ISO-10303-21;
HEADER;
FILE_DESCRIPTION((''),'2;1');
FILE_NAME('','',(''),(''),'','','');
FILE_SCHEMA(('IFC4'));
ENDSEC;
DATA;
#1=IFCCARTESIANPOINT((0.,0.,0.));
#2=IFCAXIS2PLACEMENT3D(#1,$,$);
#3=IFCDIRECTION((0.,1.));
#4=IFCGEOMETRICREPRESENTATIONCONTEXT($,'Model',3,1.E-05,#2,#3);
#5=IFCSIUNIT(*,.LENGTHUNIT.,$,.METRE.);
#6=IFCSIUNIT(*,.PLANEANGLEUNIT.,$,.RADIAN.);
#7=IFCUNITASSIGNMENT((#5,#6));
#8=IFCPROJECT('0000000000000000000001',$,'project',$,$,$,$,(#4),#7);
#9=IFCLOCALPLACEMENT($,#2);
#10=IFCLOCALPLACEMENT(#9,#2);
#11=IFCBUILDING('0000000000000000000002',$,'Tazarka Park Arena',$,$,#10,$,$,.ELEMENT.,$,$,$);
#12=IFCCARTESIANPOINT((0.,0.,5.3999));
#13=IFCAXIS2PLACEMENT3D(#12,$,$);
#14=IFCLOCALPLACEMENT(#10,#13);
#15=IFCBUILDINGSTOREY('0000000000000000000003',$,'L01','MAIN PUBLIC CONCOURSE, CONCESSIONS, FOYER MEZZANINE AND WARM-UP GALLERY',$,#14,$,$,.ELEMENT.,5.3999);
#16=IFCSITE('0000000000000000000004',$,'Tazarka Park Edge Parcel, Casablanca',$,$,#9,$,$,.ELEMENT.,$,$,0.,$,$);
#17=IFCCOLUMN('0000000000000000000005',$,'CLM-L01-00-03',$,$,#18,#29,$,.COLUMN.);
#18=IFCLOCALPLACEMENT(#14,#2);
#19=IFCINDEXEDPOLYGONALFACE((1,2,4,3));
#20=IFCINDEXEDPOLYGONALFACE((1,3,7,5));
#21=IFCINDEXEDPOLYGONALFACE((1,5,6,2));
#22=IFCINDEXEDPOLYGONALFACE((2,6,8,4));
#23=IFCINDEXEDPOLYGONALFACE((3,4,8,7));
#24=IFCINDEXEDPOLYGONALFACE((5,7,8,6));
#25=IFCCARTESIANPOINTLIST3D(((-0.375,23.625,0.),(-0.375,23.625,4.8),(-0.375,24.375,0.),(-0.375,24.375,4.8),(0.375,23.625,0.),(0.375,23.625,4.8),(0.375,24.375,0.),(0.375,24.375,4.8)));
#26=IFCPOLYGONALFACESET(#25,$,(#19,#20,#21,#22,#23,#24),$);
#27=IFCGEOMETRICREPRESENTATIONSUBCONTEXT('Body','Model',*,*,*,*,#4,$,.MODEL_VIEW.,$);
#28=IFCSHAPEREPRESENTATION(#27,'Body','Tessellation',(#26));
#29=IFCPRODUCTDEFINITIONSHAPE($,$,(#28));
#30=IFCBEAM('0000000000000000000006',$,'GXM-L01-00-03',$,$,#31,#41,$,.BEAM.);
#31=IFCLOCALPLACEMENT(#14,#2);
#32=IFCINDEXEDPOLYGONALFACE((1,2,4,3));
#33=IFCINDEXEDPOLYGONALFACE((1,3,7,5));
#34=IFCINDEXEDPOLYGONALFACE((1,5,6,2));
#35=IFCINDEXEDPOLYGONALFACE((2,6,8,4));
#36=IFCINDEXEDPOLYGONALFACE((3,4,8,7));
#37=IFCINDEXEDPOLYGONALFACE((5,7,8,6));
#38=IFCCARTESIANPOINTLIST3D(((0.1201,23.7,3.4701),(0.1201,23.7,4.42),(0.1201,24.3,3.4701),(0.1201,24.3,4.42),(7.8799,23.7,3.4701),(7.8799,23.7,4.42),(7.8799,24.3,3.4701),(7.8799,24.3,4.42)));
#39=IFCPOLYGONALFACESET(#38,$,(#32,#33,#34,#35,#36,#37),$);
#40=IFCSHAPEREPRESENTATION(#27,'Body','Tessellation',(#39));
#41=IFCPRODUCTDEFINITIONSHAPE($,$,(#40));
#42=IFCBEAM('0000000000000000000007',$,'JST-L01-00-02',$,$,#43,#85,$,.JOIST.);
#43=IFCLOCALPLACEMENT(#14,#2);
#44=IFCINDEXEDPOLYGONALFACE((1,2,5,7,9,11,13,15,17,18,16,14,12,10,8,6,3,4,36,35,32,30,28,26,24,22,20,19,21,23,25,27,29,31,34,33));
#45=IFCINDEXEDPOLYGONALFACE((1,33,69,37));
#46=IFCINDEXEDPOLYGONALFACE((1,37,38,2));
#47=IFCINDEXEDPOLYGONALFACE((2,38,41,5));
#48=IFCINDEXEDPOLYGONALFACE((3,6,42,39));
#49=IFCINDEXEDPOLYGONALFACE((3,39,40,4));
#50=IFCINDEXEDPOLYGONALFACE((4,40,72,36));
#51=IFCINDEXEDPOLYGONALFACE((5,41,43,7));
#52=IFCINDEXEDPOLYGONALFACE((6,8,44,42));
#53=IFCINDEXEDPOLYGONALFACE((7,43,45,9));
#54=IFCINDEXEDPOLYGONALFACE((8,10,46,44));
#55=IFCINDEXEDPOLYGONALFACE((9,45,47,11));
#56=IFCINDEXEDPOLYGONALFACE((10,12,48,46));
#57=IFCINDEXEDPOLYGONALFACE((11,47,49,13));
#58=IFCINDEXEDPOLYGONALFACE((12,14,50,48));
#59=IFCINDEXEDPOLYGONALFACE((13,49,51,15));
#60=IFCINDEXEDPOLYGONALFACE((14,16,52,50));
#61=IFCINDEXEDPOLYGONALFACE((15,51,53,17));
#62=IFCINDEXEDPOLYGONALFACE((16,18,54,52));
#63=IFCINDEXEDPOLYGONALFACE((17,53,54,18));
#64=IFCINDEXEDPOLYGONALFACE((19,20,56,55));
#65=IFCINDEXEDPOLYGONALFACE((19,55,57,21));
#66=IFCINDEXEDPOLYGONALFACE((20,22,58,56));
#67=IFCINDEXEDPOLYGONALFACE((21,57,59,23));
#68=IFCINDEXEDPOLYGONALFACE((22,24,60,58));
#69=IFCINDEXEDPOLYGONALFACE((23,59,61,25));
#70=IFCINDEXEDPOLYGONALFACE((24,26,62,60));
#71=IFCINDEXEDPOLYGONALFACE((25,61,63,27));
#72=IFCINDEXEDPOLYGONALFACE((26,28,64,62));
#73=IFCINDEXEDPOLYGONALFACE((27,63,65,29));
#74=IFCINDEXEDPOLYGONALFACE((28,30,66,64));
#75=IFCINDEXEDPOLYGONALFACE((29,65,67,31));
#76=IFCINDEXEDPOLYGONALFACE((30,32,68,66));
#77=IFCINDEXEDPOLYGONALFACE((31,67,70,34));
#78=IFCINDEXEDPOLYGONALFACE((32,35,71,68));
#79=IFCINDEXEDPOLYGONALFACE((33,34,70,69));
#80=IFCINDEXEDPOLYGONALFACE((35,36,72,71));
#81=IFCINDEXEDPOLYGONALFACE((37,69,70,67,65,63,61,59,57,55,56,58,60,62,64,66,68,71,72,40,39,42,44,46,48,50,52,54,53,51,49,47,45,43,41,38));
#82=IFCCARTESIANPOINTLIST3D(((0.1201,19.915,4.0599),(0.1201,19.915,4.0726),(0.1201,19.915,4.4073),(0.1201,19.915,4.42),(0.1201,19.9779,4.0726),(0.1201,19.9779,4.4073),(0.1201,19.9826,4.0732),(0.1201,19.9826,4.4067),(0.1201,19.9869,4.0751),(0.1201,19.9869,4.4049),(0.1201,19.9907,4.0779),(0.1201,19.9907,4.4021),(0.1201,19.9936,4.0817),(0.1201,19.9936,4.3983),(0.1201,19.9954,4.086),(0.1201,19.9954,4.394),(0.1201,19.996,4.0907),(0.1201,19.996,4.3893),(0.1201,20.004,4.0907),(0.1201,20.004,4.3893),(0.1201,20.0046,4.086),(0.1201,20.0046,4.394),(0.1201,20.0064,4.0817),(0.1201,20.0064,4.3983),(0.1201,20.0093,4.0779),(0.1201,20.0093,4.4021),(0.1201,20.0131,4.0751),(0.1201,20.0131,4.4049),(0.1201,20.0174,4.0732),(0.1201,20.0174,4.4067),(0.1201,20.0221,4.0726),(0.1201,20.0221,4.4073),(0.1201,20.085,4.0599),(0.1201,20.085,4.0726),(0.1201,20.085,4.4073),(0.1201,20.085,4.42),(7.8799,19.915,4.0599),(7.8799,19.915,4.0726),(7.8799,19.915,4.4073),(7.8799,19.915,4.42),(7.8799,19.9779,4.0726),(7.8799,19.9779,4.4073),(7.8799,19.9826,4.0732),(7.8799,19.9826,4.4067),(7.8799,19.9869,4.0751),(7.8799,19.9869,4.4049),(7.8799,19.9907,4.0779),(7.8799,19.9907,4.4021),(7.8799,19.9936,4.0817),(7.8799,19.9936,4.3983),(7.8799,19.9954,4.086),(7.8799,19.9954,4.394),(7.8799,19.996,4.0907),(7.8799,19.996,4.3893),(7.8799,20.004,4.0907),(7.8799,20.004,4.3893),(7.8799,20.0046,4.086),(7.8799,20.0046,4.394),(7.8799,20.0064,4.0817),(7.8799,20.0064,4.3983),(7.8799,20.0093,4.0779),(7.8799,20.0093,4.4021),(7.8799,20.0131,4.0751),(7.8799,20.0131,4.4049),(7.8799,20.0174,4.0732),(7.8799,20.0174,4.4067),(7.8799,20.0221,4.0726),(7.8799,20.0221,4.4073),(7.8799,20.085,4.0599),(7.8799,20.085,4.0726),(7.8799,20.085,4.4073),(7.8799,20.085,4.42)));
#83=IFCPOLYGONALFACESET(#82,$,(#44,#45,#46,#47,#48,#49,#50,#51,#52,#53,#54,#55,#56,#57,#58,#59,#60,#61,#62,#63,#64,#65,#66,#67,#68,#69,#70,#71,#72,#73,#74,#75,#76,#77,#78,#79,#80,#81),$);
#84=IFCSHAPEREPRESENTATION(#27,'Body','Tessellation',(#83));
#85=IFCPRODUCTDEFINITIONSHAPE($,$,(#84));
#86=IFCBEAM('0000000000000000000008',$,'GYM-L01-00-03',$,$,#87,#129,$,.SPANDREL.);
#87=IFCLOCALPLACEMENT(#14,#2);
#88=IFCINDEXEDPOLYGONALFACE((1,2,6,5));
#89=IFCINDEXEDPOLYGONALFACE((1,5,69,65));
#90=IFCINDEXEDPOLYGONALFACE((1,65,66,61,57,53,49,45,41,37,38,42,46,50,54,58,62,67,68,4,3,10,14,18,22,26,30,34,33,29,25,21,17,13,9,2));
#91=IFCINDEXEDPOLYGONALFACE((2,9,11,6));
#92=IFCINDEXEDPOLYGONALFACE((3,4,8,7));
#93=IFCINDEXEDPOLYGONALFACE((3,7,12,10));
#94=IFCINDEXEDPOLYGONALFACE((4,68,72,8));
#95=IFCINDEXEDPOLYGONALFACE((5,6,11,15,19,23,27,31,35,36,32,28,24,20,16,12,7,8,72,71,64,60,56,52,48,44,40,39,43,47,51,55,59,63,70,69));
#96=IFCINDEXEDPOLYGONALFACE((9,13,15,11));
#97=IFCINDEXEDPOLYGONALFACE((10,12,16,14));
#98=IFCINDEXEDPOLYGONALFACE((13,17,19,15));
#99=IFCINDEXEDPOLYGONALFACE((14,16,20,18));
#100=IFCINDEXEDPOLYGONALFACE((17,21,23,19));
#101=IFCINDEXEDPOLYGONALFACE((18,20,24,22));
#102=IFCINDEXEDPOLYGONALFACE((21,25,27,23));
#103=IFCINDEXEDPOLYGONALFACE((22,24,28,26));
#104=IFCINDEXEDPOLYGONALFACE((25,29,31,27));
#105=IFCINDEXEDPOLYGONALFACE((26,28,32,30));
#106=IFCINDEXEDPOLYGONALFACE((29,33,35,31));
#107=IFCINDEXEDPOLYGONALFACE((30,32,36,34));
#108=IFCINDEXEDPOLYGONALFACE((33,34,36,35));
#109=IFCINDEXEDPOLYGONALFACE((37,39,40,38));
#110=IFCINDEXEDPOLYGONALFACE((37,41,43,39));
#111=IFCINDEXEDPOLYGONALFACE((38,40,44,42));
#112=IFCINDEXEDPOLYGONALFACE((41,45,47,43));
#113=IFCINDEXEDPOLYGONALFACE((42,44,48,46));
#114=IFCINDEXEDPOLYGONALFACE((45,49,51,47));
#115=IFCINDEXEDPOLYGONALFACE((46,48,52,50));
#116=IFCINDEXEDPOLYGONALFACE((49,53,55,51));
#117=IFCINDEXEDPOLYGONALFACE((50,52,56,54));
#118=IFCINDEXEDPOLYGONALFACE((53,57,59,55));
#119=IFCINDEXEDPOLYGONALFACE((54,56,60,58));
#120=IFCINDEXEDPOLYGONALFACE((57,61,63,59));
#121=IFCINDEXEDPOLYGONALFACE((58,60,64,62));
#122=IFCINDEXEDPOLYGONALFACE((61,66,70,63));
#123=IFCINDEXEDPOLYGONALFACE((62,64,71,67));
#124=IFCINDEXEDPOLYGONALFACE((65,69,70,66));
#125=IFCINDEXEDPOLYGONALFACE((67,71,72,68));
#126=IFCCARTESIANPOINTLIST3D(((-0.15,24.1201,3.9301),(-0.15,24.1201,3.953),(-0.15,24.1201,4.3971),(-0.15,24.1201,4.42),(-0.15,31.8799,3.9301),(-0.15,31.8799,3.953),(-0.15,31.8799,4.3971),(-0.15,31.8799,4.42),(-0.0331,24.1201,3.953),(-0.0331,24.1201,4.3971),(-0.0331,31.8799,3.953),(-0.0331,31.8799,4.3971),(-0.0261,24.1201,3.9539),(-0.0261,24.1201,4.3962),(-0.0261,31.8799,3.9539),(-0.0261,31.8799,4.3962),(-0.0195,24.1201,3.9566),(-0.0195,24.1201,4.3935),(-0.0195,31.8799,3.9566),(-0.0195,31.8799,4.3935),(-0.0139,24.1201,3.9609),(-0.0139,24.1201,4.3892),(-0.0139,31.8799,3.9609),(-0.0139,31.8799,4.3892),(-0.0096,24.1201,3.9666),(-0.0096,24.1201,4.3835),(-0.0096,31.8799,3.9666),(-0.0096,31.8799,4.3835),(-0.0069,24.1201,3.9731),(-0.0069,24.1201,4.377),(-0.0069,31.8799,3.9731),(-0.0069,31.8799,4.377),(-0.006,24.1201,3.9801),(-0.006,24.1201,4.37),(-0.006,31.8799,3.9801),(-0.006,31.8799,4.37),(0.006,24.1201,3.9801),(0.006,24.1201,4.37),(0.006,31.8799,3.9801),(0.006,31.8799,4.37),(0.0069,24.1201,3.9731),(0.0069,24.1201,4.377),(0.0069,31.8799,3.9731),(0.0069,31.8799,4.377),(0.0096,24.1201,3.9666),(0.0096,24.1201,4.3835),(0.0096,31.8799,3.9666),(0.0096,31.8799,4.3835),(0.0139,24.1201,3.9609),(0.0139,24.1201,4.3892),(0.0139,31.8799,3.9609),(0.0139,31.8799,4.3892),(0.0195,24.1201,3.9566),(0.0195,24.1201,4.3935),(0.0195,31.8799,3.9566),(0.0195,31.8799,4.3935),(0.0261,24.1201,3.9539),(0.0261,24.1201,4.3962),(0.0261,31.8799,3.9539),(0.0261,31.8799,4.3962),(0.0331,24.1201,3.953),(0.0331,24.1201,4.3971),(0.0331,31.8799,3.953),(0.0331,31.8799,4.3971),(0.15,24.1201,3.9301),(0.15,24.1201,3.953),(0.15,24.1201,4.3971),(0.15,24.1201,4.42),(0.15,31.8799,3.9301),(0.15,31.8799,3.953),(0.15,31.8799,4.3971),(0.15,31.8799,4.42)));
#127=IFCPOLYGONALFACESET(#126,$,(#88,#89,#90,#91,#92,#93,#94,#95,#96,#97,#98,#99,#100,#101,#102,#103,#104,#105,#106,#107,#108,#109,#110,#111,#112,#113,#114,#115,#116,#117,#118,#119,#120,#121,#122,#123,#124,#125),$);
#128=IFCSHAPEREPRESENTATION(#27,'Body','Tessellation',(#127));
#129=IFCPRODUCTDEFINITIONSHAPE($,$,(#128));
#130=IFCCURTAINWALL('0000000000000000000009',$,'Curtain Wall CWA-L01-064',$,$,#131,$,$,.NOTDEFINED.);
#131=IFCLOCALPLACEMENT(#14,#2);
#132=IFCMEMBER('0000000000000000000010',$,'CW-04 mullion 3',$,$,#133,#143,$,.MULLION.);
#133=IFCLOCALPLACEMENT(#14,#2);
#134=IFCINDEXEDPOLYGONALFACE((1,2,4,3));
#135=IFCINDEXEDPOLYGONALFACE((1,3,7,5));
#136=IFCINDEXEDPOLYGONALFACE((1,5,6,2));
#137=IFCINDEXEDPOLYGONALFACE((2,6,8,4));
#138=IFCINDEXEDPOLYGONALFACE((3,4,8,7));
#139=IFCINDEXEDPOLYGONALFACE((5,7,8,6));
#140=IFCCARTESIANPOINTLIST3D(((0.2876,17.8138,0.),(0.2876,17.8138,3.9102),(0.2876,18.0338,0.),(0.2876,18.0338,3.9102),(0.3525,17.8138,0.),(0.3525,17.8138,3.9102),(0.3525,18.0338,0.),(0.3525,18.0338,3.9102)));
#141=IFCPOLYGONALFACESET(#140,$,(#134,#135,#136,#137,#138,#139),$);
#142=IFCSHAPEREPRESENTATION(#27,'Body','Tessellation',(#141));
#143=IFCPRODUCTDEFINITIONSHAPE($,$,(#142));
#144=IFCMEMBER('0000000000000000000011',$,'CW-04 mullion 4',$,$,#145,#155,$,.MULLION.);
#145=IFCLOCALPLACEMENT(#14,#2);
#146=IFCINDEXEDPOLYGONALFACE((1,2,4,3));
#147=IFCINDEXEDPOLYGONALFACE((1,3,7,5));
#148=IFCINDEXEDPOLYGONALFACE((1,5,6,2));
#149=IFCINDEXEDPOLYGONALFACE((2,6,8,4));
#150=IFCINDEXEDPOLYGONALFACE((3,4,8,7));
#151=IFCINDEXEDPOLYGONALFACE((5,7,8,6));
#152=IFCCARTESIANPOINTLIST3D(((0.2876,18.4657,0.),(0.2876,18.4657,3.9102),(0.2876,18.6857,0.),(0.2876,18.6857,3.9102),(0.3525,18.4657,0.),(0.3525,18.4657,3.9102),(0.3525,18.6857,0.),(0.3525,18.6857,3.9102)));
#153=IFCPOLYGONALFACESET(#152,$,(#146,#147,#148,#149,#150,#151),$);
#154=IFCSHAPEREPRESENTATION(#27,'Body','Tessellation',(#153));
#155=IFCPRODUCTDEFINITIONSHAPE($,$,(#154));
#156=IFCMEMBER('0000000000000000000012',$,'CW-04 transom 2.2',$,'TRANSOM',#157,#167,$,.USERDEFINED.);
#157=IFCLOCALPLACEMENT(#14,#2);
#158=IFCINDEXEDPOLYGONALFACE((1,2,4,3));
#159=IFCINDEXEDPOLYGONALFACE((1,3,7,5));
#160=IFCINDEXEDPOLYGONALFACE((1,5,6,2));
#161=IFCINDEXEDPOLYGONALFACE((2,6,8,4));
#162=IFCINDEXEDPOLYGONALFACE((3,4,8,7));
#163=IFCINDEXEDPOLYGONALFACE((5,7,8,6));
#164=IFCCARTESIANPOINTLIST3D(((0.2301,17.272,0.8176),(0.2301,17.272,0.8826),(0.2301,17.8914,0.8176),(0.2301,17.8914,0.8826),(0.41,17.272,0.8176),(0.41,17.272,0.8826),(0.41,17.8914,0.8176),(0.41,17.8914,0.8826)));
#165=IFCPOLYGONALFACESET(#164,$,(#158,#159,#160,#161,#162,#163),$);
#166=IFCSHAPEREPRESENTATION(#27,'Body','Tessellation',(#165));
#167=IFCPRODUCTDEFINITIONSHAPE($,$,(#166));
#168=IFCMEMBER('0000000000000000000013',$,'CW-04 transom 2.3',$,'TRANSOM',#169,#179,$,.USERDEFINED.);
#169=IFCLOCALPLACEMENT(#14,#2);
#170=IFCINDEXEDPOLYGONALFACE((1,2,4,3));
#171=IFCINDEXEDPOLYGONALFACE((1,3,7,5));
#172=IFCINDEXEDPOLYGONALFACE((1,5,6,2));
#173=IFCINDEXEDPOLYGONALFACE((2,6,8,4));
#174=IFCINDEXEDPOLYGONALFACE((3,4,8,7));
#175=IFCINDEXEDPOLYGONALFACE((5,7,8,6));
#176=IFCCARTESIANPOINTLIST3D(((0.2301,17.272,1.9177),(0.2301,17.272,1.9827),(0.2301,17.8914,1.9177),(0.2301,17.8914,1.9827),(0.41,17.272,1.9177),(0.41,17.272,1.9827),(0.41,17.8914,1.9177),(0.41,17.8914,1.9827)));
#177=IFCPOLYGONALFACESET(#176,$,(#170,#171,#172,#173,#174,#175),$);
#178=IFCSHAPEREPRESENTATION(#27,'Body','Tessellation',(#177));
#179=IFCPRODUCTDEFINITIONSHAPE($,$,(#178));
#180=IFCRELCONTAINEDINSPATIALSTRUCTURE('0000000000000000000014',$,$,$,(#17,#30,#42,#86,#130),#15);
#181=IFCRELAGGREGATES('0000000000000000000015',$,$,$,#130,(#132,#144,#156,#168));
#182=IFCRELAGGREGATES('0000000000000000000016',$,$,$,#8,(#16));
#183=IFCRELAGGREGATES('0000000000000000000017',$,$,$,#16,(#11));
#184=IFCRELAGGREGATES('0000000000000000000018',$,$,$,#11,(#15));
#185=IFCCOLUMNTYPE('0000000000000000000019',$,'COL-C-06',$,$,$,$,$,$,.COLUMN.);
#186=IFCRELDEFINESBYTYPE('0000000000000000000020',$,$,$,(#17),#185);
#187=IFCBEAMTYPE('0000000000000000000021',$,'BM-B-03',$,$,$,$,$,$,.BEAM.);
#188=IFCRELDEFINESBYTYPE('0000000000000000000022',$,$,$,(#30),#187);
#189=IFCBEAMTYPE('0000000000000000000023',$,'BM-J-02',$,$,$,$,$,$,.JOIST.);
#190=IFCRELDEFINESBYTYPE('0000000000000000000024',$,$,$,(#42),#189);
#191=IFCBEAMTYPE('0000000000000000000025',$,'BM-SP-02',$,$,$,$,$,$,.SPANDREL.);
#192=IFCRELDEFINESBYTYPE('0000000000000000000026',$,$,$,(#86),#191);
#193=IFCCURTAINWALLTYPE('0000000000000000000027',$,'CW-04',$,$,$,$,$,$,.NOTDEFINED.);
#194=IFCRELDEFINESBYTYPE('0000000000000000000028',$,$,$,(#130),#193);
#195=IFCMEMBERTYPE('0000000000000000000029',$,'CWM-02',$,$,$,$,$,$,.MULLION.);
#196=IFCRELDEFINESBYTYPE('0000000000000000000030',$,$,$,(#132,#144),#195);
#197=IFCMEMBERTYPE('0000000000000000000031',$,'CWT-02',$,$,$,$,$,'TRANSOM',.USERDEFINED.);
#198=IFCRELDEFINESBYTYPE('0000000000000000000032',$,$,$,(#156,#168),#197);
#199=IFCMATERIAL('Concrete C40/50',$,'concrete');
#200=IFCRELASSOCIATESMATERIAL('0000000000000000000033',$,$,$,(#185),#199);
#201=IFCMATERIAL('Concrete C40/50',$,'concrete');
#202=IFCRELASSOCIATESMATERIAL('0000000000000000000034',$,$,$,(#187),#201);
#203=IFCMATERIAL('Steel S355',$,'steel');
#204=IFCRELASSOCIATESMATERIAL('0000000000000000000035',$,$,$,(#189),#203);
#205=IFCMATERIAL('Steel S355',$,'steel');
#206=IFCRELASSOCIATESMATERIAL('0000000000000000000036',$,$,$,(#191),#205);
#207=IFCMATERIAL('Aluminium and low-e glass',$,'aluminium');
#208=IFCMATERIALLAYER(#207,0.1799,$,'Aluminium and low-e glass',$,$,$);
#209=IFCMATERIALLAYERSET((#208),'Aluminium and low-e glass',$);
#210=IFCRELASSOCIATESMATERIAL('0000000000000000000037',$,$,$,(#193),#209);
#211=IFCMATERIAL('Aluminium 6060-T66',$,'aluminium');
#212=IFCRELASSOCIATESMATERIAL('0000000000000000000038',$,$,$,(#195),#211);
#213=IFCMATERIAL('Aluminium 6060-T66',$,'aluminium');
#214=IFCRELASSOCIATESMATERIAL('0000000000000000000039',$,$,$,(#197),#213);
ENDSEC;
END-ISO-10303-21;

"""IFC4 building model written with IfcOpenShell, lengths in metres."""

from ifc_helpers import new_model, si_unit, direction, frame, origin, origin_2d, place, context, subcontext, project, spatial, rectangle, i_section, extrude, material, layer, layer_set, material_profile, profile_set, type_object, element, aggregate, save


model = new_model("IFC4")

# Units and contexts
model_context = context("Model", 3, precision=1e-05, world=origin(), true_north=direction((0.0, 1.0)))
body_context = subcontext(model_context, "Body", "Model", "MODEL_VIEW")
ifc_project = project(units=[si_unit("LENGTHUNIT", "METRE"), si_unit("PLANEANGLEUNIT", "RADIAN")], contexts=[model_context])

# Site, building, storey
site_placement = place(None, origin())
site = spatial("IfcSite", under=ifc_project, at=site_placement, Name="Tazarka Park Edge Parcel, Casablanca", CompositionType="ELEMENT", RefElevation=0.0)
building_placement = place(site_placement, origin())
building = spatial("IfcBuilding", under=site, at=building_placement, Name="Tazarka Park Arena", CompositionType="ELEMENT")
storey_placement = place(building_placement, frame((0.0, 0.0, 5.3999)))
storey = spatial("IfcBuildingStorey", under=building, at=storey_placement, Name="L01", Description="MAIN PUBLIC CONCOURSE, CONCESSIONS, FOYER MEZZANINE AND WARM-UP GALLERY", CompositionType="ELEMENT", Elevation=5.3999)

# Column
ifc_material_1 = material(Name="Concrete C40/50", Category="concrete")
ifc_material_profile_1 = material_profile(ifc_material_1, rectangle(XDim=0.75, YDim=0.75, at=origin_2d()), Name="Concrete C40/50")
ifc_profile_set_1 = profile_set([ifc_material_profile_1], Name="Concrete C40/50")
column_type = type_object("IfcColumnType", Name="COL-C-06", PredefinedType="COLUMN", material=ifc_profile_set_1)
column_placement = place(storey_placement, frame((0.0, 24.0, 0.0), z_axis=(0.0, 0.0, 1.0), x_axis=(1.0, 0.0, 0.0)))
element("IfcColumn", 1, at=column_placement, inside=storey, type_object=column_type, Name="CLM-L01-00-03", PredefinedType="COLUMN", context=body_context, shape_type="SweptSolid", body=[
    extrude(rectangle(XDim=0.75, YDim=0.75, at=origin_2d()), origin(), (0.0, 0.0, 1.0), 4.8),
])

# Beams
ifc_material_2 = material(Name="Concrete C40/50", Category="concrete")
ifc_material_profile_2 = material_profile(ifc_material_2, rectangle(XDim=0.6001, YDim=0.95, at=origin_2d()), Name="Concrete C40/50")
ifc_profile_set_2 = profile_set([ifc_material_profile_2], Name="Concrete C40/50")
beam_type_1 = type_object("IfcBeamType", Name="BM-B-03", PredefinedType="BEAM", material=ifc_profile_set_2)
beam_1_placement = place(storey_placement, frame((0.1201, 24.0, 3.9451), z_axis=(1.0, 0.0, 0.0), x_axis=(0.0, 1.0, 0.0)))
element("IfcBeam", 2, at=beam_1_placement, inside=storey, type_object=beam_type_1, Name="GXM-L01-00-03", PredefinedType="BEAM", context=body_context, shape_type="SweptSolid", body=[
    extrude(rectangle(XDim=0.6001, YDim=0.95, at=origin_2d()), origin(), (0.0, 0.0, 1.0), 7.7598),
])
ifc_material_3 = material(Name="Steel S355", Category="steel")
ifc_material_profile_3 = material_profile(ifc_material_3, i_section(OverallWidth=0.1699, OverallDepth=0.3601, WebThickness=0.0081, FlangeThickness=0.0127, FilletRadius=0.0181, at=origin_2d()), Name="Steel S355")
ifc_profile_set_3 = profile_set([ifc_material_profile_3], Name="Steel S355")
beam_type_2 = type_object("IfcBeamType", Name="BM-J-02", PredefinedType="JOIST", material=ifc_profile_set_3)
beam_2_placement = place(storey_placement, frame((0.1201, 20.0, 4.24), z_axis=(1.0, 0.0, 0.0), x_axis=(0.0, 1.0, 0.0)))
element("IfcBeam", 3, at=beam_2_placement, inside=storey, type_object=beam_type_2, Name="JST-L01-00-02", PredefinedType="JOIST", context=body_context, shape_type="SweptSolid", body=[
    extrude(i_section(OverallWidth=0.1699, OverallDepth=0.3601, WebThickness=0.0081, FlangeThickness=0.0127, FilletRadius=0.0181, at=origin_2d()), origin(), (0.0, 0.0, 1.0), 7.7598),
])
ifc_material_4 = material(Name="Steel S355", Category="steel")
ifc_material_profile_4 = material_profile(ifc_material_4, i_section(OverallWidth=0.3, OverallDepth=0.49, WebThickness=0.012, FlangeThickness=0.0229, FilletRadius=0.0271, at=origin_2d()), Name="Steel S355")
ifc_profile_set_4 = profile_set([ifc_material_profile_4], Name="Steel S355")
beam_type_3 = type_object("IfcBeamType", Name="BM-SP-02", PredefinedType="SPANDREL", material=ifc_profile_set_4)
beam_3_placement = place(storey_placement, frame((0.0, 24.1201, 4.175), z_axis=(0.0, 1.0, 0.0), x_axis=(-1.0, 0.0, 0.0)))
element("IfcBeam", 4, at=beam_3_placement, inside=storey, type_object=beam_type_3, Name="GYM-L01-00-03", PredefinedType="SPANDREL", context=body_context, shape_type="SweptSolid", body=[
    extrude(i_section(OverallWidth=0.3, OverallDepth=0.49, WebThickness=0.012, FlangeThickness=0.0229, FilletRadius=0.0271, at=origin_2d()), origin(), (0.0, 0.0, 1.0), 7.7598),
])

# Curtain wall, members
ifc_material_5 = material(Name="Aluminium and low-e glass", Category="aluminium")
ifc_layer_1 = layer(ifc_material_5, 0.1799, Name="Aluminium and low-e glass")
ifc_layer_set_1 = layer_set([ifc_layer_1], Name="Aluminium and low-e glass")
curtain_wall_type = type_object("IfcCurtainWallType", Name="CW-04", PredefinedType="NOTDEFINED", material=ifc_layer_set_1)
curtain_wall_placement = place(storey_placement, origin())
curtain_wall = element("IfcCurtainWall", 5, at=curtain_wall_placement, inside=storey, type_object=curtain_wall_type, Name="Curtain Wall CWA-L01-064", PredefinedType="NOTDEFINED")
ifc_material_6 = material(Name="Aluminium 6060-T66", Category="aluminium")
ifc_material_profile_5 = material_profile(ifc_material_6, rectangle(XDim=0.0649, YDim=0.22, at=origin_2d()), Name="Aluminium 6060-T66")
ifc_profile_set_5 = profile_set([ifc_material_profile_5], Name="Aluminium 6060-T66")
member_type_1 = type_object("IfcMemberType", Name="CWM-02", PredefinedType="MULLION", material=ifc_profile_set_5)
member_1_placement = place(storey_placement, frame((0.3201, 17.9238, 0.0), z_axis=(0.0, 0.0, 1.0), x_axis=(-1.0, 0.0, 0.0)))
member_1 = element("IfcMember", 6, at=member_1_placement, type_object=member_type_1, Name="CW-04 mullion 3", PredefinedType="MULLION", context=body_context, shape_type="SweptSolid", body=[
    extrude(rectangle(XDim=0.0649, YDim=0.22, at=origin_2d()), origin(), (0.0, 0.0, 1.0), 3.9102),
])
member_2_placement = place(storey_placement, frame((0.3201, 18.5757, 0.0), z_axis=(0.0, 0.0, 1.0), x_axis=(-1.0, 0.0, 0.0)))
member_2 = element("IfcMember", 7, at=member_2_placement, type_object=member_type_1, Name="CW-04 mullion 4", PredefinedType="MULLION", context=body_context, shape_type="SweptSolid", body=[
    extrude(rectangle(XDim=0.0649, YDim=0.22, at=origin_2d()), origin(), (0.0, 0.0, 1.0), 3.9102),
])
ifc_material_7 = material(Name="Aluminium 6060-T66", Category="aluminium")
ifc_material_profile_6 = material_profile(ifc_material_7, rectangle(XDim=0.1799, YDim=0.0649, at=origin_2d()), Name="Aluminium 6060-T66")
ifc_profile_set_6 = profile_set([ifc_material_profile_6], Name="Aluminium 6060-T66")
member_type_2 = type_object("IfcMemberType", Name="CWT-02", ElementType="TRANSOM", PredefinedType="USERDEFINED", material=ifc_profile_set_6)
member_3_placement = place(storey_placement, frame((0.3201, 17.272, 0.8501), z_axis=(0.0, 1.0, 0.0), x_axis=(-1.0, 0.0, 0.0)))
member_3 = element("IfcMember", 8, at=member_3_placement, type_object=member_type_2, Name="CW-04 transom 2.2", ObjectType="TRANSOM", PredefinedType="USERDEFINED", context=body_context, shape_type="SweptSolid", body=[
    extrude(rectangle(XDim=0.1799, YDim=0.0649, at=origin_2d()), origin(), (0.0, 0.0, 1.0), 0.6194),
])
member_4_placement = place(storey_placement, frame((0.3201, 17.272, 1.9502), z_axis=(0.0, 1.0, 0.0), x_axis=(-1.0, 0.0, 0.0)))
member_4 = element("IfcMember", 9, at=member_4_placement, type_object=member_type_2, Name="CW-04 transom 2.3", ObjectType="TRANSOM", PredefinedType="USERDEFINED", context=body_context, shape_type="SweptSolid", body=[
    extrude(rectangle(XDim=0.1799, YDim=0.0649, at=origin_2d()), origin(), (0.0, 0.0, 1.0), 0.6194),
])
aggregate(curtain_wall, [member_1, member_2, member_3, member_4])

save(model, "model.ifc")
